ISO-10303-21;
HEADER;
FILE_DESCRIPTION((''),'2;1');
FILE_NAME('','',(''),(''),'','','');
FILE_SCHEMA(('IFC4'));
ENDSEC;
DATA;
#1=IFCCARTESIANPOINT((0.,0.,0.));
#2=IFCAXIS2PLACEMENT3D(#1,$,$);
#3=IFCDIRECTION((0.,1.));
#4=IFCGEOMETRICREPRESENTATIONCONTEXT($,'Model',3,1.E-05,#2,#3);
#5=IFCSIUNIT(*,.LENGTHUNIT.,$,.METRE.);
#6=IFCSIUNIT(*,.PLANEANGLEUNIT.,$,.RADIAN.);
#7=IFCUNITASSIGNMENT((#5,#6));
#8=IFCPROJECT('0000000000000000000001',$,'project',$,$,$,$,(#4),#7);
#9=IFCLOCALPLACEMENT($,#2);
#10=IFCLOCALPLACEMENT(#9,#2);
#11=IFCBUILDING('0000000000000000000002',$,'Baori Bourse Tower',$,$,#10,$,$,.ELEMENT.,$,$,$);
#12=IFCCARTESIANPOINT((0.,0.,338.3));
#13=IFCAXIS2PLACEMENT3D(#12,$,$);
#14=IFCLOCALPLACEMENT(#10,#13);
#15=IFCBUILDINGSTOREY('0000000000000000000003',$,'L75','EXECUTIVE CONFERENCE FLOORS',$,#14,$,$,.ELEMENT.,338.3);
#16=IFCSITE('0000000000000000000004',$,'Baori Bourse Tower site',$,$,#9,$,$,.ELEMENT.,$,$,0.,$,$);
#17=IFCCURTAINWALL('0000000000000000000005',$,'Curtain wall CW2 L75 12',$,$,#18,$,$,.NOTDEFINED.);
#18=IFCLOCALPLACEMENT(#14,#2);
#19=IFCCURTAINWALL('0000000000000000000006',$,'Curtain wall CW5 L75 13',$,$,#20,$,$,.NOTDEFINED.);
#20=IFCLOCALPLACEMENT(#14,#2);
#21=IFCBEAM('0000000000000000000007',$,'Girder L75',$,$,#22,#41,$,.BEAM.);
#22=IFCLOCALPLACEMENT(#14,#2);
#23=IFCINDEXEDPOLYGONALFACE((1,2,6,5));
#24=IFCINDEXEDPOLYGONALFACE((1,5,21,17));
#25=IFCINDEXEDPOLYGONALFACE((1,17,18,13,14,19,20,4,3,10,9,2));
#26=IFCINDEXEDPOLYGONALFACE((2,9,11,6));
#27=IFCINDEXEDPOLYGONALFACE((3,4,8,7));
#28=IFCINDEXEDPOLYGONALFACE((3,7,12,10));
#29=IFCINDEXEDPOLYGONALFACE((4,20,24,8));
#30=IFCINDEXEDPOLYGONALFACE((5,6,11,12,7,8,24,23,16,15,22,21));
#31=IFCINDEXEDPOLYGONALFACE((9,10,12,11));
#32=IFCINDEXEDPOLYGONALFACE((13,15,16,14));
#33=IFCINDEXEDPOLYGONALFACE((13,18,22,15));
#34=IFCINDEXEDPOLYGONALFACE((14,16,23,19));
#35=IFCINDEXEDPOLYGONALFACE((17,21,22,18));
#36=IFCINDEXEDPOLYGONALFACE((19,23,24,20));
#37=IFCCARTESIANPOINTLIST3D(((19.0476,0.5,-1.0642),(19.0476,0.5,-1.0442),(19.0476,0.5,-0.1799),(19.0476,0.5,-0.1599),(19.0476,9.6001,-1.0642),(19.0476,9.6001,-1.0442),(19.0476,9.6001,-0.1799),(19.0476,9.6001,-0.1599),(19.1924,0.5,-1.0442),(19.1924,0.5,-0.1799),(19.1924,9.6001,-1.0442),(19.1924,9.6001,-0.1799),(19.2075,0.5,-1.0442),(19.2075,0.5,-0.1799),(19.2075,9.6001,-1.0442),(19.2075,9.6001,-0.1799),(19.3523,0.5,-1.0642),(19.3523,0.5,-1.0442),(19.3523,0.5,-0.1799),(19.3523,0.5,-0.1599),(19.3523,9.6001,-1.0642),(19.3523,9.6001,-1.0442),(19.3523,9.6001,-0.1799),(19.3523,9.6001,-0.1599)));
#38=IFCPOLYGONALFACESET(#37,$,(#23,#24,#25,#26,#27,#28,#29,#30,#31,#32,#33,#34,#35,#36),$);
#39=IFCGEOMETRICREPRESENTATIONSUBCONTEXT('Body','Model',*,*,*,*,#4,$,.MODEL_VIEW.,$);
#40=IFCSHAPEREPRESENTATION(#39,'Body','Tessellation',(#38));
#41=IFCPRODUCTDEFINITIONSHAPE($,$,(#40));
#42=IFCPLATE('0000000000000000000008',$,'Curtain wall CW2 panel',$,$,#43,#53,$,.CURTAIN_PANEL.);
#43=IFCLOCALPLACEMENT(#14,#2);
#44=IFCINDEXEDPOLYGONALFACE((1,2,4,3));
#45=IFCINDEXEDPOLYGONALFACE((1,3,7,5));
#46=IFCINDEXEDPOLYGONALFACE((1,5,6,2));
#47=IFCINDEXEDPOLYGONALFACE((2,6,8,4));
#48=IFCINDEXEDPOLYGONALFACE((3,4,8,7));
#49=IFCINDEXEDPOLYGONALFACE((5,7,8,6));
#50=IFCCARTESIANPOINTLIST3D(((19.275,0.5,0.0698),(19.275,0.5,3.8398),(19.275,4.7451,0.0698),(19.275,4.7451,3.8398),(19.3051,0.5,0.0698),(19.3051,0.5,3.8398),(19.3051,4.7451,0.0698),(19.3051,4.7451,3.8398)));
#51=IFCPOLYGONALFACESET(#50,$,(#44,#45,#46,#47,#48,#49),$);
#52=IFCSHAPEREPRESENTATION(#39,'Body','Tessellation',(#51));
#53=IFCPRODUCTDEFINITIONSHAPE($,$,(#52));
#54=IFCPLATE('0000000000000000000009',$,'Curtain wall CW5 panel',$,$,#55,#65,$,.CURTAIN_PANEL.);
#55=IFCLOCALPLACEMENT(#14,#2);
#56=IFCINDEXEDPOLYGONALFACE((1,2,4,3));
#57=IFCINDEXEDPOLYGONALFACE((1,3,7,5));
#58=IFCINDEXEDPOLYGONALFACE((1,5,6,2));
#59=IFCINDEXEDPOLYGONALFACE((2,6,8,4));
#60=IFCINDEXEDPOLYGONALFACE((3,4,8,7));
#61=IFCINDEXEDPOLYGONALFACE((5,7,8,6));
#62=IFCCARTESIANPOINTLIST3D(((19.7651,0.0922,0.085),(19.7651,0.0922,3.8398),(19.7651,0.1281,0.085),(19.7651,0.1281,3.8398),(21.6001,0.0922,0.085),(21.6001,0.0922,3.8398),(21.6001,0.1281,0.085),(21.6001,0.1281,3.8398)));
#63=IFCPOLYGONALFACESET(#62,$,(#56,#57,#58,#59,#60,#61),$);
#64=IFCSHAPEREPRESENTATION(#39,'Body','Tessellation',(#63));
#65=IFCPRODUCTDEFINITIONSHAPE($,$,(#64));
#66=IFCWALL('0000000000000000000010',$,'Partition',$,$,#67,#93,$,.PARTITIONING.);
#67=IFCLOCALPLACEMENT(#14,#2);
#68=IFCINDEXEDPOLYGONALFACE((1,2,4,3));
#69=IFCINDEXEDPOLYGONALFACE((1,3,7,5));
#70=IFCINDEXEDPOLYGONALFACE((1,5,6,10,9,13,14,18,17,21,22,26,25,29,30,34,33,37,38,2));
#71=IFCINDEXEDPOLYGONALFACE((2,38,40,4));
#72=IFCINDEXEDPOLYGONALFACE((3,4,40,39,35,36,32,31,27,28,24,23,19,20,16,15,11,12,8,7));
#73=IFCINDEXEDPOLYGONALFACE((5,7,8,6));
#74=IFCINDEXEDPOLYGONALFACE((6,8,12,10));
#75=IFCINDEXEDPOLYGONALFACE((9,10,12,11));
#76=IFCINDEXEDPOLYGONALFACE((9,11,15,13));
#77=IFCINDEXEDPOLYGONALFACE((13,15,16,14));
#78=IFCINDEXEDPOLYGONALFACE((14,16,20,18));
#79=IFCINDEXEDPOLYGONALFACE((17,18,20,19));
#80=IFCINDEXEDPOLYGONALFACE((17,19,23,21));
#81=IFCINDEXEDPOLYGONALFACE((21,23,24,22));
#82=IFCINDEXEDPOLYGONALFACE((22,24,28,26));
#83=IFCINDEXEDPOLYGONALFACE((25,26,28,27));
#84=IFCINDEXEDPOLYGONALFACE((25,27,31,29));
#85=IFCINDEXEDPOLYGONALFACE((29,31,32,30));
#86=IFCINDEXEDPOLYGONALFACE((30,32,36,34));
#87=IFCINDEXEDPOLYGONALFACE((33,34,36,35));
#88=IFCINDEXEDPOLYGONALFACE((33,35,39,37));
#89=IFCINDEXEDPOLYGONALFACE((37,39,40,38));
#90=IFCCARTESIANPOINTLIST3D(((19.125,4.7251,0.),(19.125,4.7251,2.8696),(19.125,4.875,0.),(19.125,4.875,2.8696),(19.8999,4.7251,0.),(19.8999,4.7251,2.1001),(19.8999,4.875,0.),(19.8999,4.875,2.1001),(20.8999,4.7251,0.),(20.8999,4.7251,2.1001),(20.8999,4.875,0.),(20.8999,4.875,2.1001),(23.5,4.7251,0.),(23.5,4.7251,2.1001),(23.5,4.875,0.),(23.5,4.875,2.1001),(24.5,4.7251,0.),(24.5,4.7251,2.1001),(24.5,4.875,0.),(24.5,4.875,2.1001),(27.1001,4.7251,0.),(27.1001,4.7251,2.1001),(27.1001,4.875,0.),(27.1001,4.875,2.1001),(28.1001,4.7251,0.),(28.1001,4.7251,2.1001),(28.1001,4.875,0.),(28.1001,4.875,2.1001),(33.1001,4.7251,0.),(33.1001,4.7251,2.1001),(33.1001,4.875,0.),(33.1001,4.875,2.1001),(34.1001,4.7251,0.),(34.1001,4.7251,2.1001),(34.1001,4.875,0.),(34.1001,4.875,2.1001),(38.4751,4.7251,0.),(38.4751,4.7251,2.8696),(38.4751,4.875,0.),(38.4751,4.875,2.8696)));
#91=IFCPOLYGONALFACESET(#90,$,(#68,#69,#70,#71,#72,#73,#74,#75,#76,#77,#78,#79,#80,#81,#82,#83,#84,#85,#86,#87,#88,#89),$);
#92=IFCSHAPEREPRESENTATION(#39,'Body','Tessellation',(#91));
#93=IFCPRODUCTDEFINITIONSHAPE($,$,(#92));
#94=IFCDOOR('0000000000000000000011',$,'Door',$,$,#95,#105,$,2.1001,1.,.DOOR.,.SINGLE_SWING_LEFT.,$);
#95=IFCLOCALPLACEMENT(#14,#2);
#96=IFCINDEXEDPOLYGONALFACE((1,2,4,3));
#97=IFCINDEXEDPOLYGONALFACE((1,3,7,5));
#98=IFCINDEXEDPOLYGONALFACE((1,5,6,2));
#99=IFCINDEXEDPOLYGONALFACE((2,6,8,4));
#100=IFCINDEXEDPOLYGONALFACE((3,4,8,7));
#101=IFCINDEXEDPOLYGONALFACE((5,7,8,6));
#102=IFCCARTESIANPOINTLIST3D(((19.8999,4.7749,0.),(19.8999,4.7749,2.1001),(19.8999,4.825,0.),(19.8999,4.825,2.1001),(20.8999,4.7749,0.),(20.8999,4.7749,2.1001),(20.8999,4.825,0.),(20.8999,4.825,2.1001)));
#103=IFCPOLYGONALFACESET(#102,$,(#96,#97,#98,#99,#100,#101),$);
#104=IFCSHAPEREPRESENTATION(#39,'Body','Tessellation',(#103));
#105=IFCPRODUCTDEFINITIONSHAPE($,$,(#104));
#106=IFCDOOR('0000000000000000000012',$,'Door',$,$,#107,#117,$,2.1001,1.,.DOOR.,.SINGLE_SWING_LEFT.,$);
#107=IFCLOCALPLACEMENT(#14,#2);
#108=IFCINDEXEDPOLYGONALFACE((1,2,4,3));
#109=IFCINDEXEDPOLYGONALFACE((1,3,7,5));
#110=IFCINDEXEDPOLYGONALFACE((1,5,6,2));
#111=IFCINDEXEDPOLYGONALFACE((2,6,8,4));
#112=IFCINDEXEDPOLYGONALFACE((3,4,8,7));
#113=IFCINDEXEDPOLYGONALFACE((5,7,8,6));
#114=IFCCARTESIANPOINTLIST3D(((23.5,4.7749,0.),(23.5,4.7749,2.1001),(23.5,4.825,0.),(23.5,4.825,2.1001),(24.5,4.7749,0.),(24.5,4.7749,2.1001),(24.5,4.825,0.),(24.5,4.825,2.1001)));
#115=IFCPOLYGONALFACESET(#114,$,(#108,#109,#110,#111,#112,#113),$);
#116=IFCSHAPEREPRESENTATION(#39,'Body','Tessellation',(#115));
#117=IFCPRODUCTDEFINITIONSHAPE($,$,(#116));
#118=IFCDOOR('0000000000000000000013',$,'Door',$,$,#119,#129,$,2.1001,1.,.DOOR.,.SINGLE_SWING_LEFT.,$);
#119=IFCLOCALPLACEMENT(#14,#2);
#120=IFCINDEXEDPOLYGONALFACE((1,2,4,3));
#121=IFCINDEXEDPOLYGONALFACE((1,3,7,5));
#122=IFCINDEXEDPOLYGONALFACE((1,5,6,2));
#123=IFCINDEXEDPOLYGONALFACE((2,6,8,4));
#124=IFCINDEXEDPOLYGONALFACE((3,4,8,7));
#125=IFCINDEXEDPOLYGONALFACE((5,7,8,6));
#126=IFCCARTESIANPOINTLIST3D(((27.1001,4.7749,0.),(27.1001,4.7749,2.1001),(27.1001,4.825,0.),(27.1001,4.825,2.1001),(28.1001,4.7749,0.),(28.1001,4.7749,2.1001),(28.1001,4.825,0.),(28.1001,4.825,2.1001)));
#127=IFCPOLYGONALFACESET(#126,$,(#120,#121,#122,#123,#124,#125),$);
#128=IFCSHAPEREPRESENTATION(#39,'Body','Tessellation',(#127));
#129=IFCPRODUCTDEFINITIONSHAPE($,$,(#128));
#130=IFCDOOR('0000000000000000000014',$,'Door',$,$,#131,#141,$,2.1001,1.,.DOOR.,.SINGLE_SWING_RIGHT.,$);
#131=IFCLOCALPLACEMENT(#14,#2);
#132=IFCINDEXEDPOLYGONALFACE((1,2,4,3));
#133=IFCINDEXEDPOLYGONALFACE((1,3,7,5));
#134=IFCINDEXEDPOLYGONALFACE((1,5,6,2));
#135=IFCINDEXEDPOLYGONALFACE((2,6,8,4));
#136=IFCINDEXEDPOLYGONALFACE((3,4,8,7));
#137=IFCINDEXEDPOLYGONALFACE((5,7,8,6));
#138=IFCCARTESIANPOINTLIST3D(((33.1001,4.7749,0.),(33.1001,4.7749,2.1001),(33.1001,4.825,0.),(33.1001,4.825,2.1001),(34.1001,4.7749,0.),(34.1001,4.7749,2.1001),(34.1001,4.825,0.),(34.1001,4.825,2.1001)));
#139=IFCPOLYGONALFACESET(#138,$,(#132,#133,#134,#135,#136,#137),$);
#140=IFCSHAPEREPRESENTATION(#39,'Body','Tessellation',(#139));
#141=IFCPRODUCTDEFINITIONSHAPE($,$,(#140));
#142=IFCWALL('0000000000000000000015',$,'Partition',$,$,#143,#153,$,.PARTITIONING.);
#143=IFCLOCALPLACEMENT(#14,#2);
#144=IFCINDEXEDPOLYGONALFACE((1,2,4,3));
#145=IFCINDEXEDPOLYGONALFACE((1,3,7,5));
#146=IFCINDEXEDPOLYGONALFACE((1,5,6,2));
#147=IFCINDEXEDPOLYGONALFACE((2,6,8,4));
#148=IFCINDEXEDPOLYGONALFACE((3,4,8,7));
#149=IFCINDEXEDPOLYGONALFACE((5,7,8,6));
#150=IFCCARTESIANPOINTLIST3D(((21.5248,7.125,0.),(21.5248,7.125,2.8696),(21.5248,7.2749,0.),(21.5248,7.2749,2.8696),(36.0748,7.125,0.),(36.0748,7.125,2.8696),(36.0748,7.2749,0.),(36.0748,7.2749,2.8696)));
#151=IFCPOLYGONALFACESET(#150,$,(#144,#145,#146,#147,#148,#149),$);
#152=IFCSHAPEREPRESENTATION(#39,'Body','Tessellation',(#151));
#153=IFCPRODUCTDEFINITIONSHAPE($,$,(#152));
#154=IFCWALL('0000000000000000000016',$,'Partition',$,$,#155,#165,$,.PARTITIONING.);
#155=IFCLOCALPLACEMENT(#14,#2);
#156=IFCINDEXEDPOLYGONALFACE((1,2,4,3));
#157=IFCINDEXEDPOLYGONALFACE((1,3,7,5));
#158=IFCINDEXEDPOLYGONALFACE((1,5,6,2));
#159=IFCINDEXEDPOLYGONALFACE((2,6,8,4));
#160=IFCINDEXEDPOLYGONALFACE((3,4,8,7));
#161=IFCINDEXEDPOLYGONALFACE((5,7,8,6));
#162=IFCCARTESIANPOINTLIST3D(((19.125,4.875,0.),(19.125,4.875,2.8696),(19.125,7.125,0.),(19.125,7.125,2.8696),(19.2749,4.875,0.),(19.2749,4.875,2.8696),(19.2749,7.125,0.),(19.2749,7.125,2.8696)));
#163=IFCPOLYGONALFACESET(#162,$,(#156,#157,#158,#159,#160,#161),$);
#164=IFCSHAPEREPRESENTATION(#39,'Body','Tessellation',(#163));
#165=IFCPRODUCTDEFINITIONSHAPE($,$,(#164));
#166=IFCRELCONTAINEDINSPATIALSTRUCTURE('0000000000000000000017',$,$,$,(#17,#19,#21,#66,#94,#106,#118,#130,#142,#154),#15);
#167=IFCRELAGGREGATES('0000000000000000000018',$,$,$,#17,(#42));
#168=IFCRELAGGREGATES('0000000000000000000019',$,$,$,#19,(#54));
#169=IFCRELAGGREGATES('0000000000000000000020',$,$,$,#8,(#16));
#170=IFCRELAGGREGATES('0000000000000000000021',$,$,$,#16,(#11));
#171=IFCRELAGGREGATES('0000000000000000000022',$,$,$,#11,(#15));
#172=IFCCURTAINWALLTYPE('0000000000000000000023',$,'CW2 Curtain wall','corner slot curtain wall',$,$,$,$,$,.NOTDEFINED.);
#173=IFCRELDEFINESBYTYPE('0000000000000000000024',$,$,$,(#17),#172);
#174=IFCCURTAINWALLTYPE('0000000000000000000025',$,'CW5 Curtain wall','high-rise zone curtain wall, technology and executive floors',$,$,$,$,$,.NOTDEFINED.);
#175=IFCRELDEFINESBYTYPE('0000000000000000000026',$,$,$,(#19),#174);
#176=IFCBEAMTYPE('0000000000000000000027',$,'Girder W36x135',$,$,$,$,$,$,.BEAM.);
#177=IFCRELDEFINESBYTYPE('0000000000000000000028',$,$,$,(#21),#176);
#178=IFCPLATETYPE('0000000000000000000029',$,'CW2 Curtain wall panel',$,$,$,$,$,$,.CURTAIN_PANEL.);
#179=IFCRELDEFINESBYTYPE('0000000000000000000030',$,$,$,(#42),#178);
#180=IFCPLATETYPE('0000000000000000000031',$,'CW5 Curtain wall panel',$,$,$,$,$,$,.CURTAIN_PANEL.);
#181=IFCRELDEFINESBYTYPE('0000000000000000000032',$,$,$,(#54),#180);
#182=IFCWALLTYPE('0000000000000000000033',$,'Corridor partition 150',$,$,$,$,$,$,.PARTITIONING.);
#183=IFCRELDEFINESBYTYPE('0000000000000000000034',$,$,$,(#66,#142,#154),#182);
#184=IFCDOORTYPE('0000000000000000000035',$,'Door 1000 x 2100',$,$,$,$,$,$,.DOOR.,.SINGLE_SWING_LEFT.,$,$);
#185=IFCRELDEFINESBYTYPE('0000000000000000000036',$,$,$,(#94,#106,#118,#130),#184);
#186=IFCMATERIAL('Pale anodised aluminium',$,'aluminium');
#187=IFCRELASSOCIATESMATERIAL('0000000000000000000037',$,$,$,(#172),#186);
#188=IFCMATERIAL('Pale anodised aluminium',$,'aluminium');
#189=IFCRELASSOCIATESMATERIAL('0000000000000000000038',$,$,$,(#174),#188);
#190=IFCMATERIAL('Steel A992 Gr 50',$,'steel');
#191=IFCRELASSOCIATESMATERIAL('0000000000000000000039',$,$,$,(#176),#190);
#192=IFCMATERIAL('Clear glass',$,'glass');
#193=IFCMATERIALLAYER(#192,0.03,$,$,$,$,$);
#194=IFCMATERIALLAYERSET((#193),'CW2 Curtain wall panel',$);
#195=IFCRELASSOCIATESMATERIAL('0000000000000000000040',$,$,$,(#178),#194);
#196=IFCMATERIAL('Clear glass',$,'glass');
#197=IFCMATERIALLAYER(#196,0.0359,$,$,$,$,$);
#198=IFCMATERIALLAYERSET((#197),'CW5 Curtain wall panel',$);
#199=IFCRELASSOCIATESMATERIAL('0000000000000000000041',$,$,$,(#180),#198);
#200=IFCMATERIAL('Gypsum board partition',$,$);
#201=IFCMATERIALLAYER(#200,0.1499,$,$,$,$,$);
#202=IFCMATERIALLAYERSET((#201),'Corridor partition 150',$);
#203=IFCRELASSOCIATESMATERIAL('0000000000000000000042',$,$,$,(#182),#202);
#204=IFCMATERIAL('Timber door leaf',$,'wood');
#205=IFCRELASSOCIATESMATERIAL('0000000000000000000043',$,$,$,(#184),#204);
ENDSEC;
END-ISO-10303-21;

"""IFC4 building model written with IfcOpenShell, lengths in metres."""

from ifc_helpers import new_model, si_unit, direction, frame, frame_2d, origin, origin_2d, place, context, subcontext, project, spatial, rectangle, i_section, extrude, material, layer, layer_set, material_profile, profile_set, type_object, element, fill, aggregate, save


model = new_model("IFC4")

# Units and contexts
model_context = context("Model", 3, precision=1e-05, world=origin(), true_north=direction((0.0, 1.0)))
body_context = subcontext(model_context, "Body", "Model", "MODEL_VIEW")
ifc_project = project(units=[si_unit("LENGTHUNIT", "METRE"), si_unit("PLANEANGLEUNIT", "RADIAN")], contexts=[model_context])

# Site, building, storey
site_placement = place(None, origin())
site = spatial("IfcSite", under=ifc_project, at=site_placement, Name="Baori Bourse Tower site", CompositionType="ELEMENT", RefElevation=0.0)
building_placement = place(site_placement, origin())
building = spatial("IfcBuilding", under=site, at=building_placement, Name="Baori Bourse Tower", CompositionType="ELEMENT")
storey_placement = place(building_placement, frame((0.0, 0.0, 338.3)))
storey = spatial("IfcBuildingStorey", under=building, at=storey_placement, Name="L75", Description="EXECUTIVE CONFERENCE FLOORS", CompositionType="ELEMENT", Elevation=338.3)

# Curtain walls
ifc_material_1 = material(Name="Pale anodised aluminium", Category="aluminium")
curtain_wall_type_1 = type_object("IfcCurtainWallType", Name="CW2 Curtain wall", Description="corner slot curtain wall", PredefinedType="NOTDEFINED", material=ifc_material_1)
curtain_wall_1_placement = place(storey_placement, origin())
curtain_wall_1 = element("IfcCurtainWall", 1, at=curtain_wall_1_placement, inside=storey, type_object=curtain_wall_type_1, Name="Curtain wall CW2 L75 12", PredefinedType="NOTDEFINED")
ifc_material_2 = material(Name="Pale anodised aluminium", Category="aluminium")
curtain_wall_type_2 = type_object("IfcCurtainWallType", Name="CW5 Curtain wall", Description="high-rise zone curtain wall, technology and executive floors", PredefinedType="NOTDEFINED", material=ifc_material_2)
curtain_wall_2_placement = place(storey_placement, origin())
curtain_wall_2 = element("IfcCurtainWall", 2, at=curtain_wall_2_placement, inside=storey, type_object=curtain_wall_type_2, Name="Curtain wall CW5 L75 13", PredefinedType="NOTDEFINED")

# Beam
ifc_material_3 = material(Name="Steel A992 Gr 50", Category="steel")
ifc_material_profile_1 = material_profile(ifc_material_3, i_section(OverallWidth=0.3047, OverallDepth=0.9043, WebThickness=0.0151, FlangeThickness=0.02, at=origin_2d()), Name="W36x135")
ifc_profile_set_1 = profile_set([ifc_material_profile_1], Name="Steel A992 Gr 50")
beam_type_1 = type_object("IfcBeamType", Name="Girder W36x135", PredefinedType="BEAM", material=ifc_profile_set_1)
beam_1_placement = place(storey_placement, frame((19.2, 0.5, -0.6121), z_axis=(0.0, 1.0, 0.0), x_axis=(-1.0, 0.0, 0.0)))
element("IfcBeam", 3, at=beam_1_placement, inside=storey, type_object=beam_type_1, Name="Girder L75", PredefinedType="BEAM", context=body_context, shape_type="SweptSolid", body=[
    extrude(i_section(OverallWidth=0.3047, OverallDepth=0.9043, WebThickness=0.0151, FlangeThickness=0.02, at=origin_2d()), origin(), (0.0, 0.0, 1.0), 9.1001),
])

# Plates
ifc_material_4 = material(Name="Clear glass", Category="glass")
ifc_layer_1 = layer(ifc_material_4, 0.03)
ifc_layer_set_1 = layer_set([ifc_layer_1], Name="CW2 Curtain wall panel")
plate_type_1 = type_object("IfcPlateType", Name="CW2 Curtain wall panel", PredefinedType="CURTAIN_PANEL", material=ifc_layer_set_1)
plate_1_placement = place(storey_placement, frame((19.29, 2.6226, 0.0698), z_axis=(0.0, 0.0, 1.0), x_axis=(0.0, -1.0, 0.0)))
plate_1 = element("IfcPlate", 4, at=plate_1_placement, type_object=plate_type_1, Name="Curtain wall CW2 panel", PredefinedType="CURTAIN_PANEL", context=body_context, shape_type="SweptSolid", body=[
    extrude(rectangle(XDim=4.2451, YDim=0.03, at=origin_2d()), origin(), (0.0, 0.0, 1.0), 3.77),
])
aggregate(curtain_wall_1, [plate_1])
ifc_material_5 = material(Name="Clear glass", Category="glass")
ifc_layer_2 = layer(ifc_material_5, 0.0359)
ifc_layer_set_2 = layer_set([ifc_layer_2], Name="CW5 Curtain wall panel")
plate_type_2 = type_object("IfcPlateType", Name="CW5 Curtain wall panel", PredefinedType="CURTAIN_PANEL", material=ifc_layer_set_2)
plate_2_placement = place(storey_placement, frame((20.6826, 0.1101, 0.085), z_axis=(0.0, 0.0, 1.0), x_axis=(1.0, 0.0, 0.0)))
plate_2 = element("IfcPlate", 5, at=plate_2_placement, type_object=plate_type_2, Name="Curtain wall CW5 panel", PredefinedType="CURTAIN_PANEL", context=body_context, shape_type="SweptSolid", body=[
    extrude(rectangle(XDim=1.835, YDim=0.0359, at=origin_2d()), origin(), (0.0, 0.0, 1.0), 3.7549),
])
aggregate(curtain_wall_2, [plate_2])

# Wall, openings, doors
ifc_material_6 = material(Name="Gypsum board partition")
ifc_layer_3 = layer(ifc_material_6, 0.1499)
ifc_layer_set_3 = layer_set([ifc_layer_3], Name="Corridor partition 150")
wall_type = type_object("IfcWallType", Name="Corridor partition 150", PredefinedType="PARTITIONING", material=ifc_layer_set_3)
wall_1_placement = place(storey_placement, frame((19.125, 4.8, 0.0), z_axis=(0.0, 0.0, 1.0), x_axis=(1.0, 0.0, 0.0)))
wall_1 = element("IfcWall", 6, at=wall_1_placement, inside=storey, type_object=wall_type, Name="Partition", PredefinedType="PARTITIONING", context=body_context, shape_type="SweptSolid", body=[
    extrude(rectangle(XDim=19.3501, YDim=0.1499, at=frame_2d((9.675, 0.0))), origin(), (0.0, 0.0, 1.0), 2.8696),
])
opening_1_placement = place(wall_1_placement, frame((0.7749, 0.0, 0.0)))
opening_1 = element("IfcOpeningElement", 7, at=opening_1_placement, cuts=wall_1, PredefinedType="OPENING", context=body_context, shape_type="SweptSolid", body=[
    extrude(rectangle(XDim=1.0, YDim=2.1001, at=frame_2d((0.5, 1.05))), frame((0.0, 0.085, 0.0), z_axis=(0.0, -1.0, 0.0), x_axis=(1.0, 0.0, 0.0)), (0.0, 0.0, 1.0), 0.1699),
])
opening_2_placement = place(wall_1_placement, frame((4.375, 0.0, 0.0)))
opening_2 = element("IfcOpeningElement", 8, at=opening_2_placement, cuts=wall_1, PredefinedType="OPENING", context=body_context, shape_type="SweptSolid", body=[
    extrude(rectangle(XDim=1.0, YDim=2.1001, at=frame_2d((0.5, 1.05))), frame((0.0, 0.085, 0.0), z_axis=(0.0, -1.0, 0.0), x_axis=(1.0, 0.0, 0.0)), (0.0, 0.0, 1.0), 0.1699),
])
opening_3_placement = place(wall_1_placement, frame((7.9751, 0.0, 0.0)))
opening_3 = element("IfcOpeningElement", 9, at=opening_3_placement, cuts=wall_1, PredefinedType="OPENING", context=body_context, shape_type="SweptSolid", body=[
    extrude(rectangle(XDim=1.0, YDim=2.1001, at=frame_2d((0.5, 1.05))), frame((0.0, 0.085, 0.0), z_axis=(0.0, -1.0, 0.0), x_axis=(1.0, 0.0, 0.0)), (0.0, 0.0, 1.0), 0.1699),
])
opening_4_placement = place(wall_1_placement, frame((13.9751, 0.0, 0.0)))
opening_4 = element("IfcOpeningElement", 10, at=opening_4_placement, cuts=wall_1, PredefinedType="OPENING", context=body_context, shape_type="SweptSolid", body=[
    extrude(rectangle(XDim=1.0, YDim=2.1001, at=frame_2d((0.5, 1.05))), frame((0.0, 0.085, 0.0), z_axis=(0.0, -1.0, 0.0), x_axis=(1.0, 0.0, 0.0)), (0.0, 0.0, 1.0), 0.1699),
])
ifc_material_7 = material(Name="Timber door leaf", Category="wood")
door_type = type_object("IfcDoorType", Name="Door 1000 x 2100", OperationType="SINGLE_SWING_LEFT", PredefinedType="DOOR", material=ifc_material_7)
door_1_placement = place(opening_1_placement, origin())
door_1 = element("IfcDoor", 11, at=door_1_placement, inside=storey, type_object=door_type, Name="Door", OperationType="SINGLE_SWING_LEFT", OverallHeight=2.1001, OverallWidth=1.0, PredefinedType="DOOR", context=body_context, shape_type="SweptSolid", body=[
    extrude(rectangle(XDim=1.0, YDim=2.1001, at=frame_2d((0.5, 1.05))), frame((0.0, 0.0249, 0.0), z_axis=(0.0, -1.0, 0.0), x_axis=(1.0, 0.0, 0.0)), (0.0, 0.0, 1.0), 0.05),
])
fill(opening_1, door_1)
door_2_placement = place(opening_2_placement, origin())
door_2 = element("IfcDoor", 12, at=door_2_placement, inside=storey, type_object=door_type, Name="Door", OperationType="SINGLE_SWING_LEFT", OverallHeight=2.1001, OverallWidth=1.0, PredefinedType="DOOR", context=body_context, shape_type="SweptSolid", body=[
    extrude(rectangle(XDim=1.0, YDim=2.1001, at=frame_2d((0.5, 1.05))), frame((0.0, 0.0249, 0.0), z_axis=(0.0, -1.0, 0.0), x_axis=(1.0, 0.0, 0.0)), (0.0, 0.0, 1.0), 0.05),
])
fill(opening_2, door_2)
door_3_placement = place(opening_3_placement, origin())
door_3 = element("IfcDoor", 13, at=door_3_placement, inside=storey, type_object=door_type, Name="Door", OperationType="SINGLE_SWING_LEFT", OverallHeight=2.1001, OverallWidth=1.0, PredefinedType="DOOR", context=body_context, shape_type="SweptSolid", body=[
    extrude(rectangle(XDim=1.0, YDim=2.1001, at=frame_2d((0.5, 1.05))), frame((0.0, 0.0249, 0.0), z_axis=(0.0, -1.0, 0.0), x_axis=(1.0, 0.0, 0.0)), (0.0, 0.0, 1.0), 0.05),
])
fill(opening_3, door_3)
door_4_placement = place(opening_4_placement, origin())
door_4 = element("IfcDoor", 14, at=door_4_placement, inside=storey, type_object=door_type, Name="Door", OperationType="SINGLE_SWING_RIGHT", OverallHeight=2.1001, OverallWidth=1.0, PredefinedType="DOOR", context=body_context, shape_type="SweptSolid", body=[
    extrude(rectangle(XDim=1.0, YDim=2.1001, at=frame_2d((0.5, 1.05))), frame((0.0, 0.0249, 0.0), z_axis=(0.0, -1.0, 0.0), x_axis=(1.0, 0.0, 0.0)), (0.0, 0.0, 1.0), 0.05),
])
fill(opening_4, door_4)

# Walls
wall_2_placement = place(storey_placement, frame((21.5249, 7.2, 0.0), z_axis=(0.0, 0.0, 1.0), x_axis=(1.0, 0.0, 0.0)))
element("IfcWall", 15, at=wall_2_placement, inside=storey, type_object=wall_type, Name="Partition", PredefinedType="PARTITIONING", context=body_context, shape_type="SweptSolid", body=[
    extrude(rectangle(XDim=14.55, YDim=0.1499, at=frame_2d((7.2749, 0.0))), origin(), (0.0, 0.0, 1.0), 2.8696),
])
wall_3_placement = place(storey_placement, frame((19.2, 4.875, 0.0), z_axis=(0.0, 0.0, 1.0), x_axis=(0.0, 1.0, 0.0)))
element("IfcWall", 16, at=wall_3_placement, inside=storey, type_object=wall_type, Name="Partition", PredefinedType="PARTITIONING", context=body_context, shape_type="SweptSolid", body=[
    extrude(rectangle(XDim=2.25, YDim=0.1499, at=frame_2d((1.125, 0.0))), origin(), (0.0, 0.0, 1.0), 2.8696),
])

save(model, "model.ifc")
